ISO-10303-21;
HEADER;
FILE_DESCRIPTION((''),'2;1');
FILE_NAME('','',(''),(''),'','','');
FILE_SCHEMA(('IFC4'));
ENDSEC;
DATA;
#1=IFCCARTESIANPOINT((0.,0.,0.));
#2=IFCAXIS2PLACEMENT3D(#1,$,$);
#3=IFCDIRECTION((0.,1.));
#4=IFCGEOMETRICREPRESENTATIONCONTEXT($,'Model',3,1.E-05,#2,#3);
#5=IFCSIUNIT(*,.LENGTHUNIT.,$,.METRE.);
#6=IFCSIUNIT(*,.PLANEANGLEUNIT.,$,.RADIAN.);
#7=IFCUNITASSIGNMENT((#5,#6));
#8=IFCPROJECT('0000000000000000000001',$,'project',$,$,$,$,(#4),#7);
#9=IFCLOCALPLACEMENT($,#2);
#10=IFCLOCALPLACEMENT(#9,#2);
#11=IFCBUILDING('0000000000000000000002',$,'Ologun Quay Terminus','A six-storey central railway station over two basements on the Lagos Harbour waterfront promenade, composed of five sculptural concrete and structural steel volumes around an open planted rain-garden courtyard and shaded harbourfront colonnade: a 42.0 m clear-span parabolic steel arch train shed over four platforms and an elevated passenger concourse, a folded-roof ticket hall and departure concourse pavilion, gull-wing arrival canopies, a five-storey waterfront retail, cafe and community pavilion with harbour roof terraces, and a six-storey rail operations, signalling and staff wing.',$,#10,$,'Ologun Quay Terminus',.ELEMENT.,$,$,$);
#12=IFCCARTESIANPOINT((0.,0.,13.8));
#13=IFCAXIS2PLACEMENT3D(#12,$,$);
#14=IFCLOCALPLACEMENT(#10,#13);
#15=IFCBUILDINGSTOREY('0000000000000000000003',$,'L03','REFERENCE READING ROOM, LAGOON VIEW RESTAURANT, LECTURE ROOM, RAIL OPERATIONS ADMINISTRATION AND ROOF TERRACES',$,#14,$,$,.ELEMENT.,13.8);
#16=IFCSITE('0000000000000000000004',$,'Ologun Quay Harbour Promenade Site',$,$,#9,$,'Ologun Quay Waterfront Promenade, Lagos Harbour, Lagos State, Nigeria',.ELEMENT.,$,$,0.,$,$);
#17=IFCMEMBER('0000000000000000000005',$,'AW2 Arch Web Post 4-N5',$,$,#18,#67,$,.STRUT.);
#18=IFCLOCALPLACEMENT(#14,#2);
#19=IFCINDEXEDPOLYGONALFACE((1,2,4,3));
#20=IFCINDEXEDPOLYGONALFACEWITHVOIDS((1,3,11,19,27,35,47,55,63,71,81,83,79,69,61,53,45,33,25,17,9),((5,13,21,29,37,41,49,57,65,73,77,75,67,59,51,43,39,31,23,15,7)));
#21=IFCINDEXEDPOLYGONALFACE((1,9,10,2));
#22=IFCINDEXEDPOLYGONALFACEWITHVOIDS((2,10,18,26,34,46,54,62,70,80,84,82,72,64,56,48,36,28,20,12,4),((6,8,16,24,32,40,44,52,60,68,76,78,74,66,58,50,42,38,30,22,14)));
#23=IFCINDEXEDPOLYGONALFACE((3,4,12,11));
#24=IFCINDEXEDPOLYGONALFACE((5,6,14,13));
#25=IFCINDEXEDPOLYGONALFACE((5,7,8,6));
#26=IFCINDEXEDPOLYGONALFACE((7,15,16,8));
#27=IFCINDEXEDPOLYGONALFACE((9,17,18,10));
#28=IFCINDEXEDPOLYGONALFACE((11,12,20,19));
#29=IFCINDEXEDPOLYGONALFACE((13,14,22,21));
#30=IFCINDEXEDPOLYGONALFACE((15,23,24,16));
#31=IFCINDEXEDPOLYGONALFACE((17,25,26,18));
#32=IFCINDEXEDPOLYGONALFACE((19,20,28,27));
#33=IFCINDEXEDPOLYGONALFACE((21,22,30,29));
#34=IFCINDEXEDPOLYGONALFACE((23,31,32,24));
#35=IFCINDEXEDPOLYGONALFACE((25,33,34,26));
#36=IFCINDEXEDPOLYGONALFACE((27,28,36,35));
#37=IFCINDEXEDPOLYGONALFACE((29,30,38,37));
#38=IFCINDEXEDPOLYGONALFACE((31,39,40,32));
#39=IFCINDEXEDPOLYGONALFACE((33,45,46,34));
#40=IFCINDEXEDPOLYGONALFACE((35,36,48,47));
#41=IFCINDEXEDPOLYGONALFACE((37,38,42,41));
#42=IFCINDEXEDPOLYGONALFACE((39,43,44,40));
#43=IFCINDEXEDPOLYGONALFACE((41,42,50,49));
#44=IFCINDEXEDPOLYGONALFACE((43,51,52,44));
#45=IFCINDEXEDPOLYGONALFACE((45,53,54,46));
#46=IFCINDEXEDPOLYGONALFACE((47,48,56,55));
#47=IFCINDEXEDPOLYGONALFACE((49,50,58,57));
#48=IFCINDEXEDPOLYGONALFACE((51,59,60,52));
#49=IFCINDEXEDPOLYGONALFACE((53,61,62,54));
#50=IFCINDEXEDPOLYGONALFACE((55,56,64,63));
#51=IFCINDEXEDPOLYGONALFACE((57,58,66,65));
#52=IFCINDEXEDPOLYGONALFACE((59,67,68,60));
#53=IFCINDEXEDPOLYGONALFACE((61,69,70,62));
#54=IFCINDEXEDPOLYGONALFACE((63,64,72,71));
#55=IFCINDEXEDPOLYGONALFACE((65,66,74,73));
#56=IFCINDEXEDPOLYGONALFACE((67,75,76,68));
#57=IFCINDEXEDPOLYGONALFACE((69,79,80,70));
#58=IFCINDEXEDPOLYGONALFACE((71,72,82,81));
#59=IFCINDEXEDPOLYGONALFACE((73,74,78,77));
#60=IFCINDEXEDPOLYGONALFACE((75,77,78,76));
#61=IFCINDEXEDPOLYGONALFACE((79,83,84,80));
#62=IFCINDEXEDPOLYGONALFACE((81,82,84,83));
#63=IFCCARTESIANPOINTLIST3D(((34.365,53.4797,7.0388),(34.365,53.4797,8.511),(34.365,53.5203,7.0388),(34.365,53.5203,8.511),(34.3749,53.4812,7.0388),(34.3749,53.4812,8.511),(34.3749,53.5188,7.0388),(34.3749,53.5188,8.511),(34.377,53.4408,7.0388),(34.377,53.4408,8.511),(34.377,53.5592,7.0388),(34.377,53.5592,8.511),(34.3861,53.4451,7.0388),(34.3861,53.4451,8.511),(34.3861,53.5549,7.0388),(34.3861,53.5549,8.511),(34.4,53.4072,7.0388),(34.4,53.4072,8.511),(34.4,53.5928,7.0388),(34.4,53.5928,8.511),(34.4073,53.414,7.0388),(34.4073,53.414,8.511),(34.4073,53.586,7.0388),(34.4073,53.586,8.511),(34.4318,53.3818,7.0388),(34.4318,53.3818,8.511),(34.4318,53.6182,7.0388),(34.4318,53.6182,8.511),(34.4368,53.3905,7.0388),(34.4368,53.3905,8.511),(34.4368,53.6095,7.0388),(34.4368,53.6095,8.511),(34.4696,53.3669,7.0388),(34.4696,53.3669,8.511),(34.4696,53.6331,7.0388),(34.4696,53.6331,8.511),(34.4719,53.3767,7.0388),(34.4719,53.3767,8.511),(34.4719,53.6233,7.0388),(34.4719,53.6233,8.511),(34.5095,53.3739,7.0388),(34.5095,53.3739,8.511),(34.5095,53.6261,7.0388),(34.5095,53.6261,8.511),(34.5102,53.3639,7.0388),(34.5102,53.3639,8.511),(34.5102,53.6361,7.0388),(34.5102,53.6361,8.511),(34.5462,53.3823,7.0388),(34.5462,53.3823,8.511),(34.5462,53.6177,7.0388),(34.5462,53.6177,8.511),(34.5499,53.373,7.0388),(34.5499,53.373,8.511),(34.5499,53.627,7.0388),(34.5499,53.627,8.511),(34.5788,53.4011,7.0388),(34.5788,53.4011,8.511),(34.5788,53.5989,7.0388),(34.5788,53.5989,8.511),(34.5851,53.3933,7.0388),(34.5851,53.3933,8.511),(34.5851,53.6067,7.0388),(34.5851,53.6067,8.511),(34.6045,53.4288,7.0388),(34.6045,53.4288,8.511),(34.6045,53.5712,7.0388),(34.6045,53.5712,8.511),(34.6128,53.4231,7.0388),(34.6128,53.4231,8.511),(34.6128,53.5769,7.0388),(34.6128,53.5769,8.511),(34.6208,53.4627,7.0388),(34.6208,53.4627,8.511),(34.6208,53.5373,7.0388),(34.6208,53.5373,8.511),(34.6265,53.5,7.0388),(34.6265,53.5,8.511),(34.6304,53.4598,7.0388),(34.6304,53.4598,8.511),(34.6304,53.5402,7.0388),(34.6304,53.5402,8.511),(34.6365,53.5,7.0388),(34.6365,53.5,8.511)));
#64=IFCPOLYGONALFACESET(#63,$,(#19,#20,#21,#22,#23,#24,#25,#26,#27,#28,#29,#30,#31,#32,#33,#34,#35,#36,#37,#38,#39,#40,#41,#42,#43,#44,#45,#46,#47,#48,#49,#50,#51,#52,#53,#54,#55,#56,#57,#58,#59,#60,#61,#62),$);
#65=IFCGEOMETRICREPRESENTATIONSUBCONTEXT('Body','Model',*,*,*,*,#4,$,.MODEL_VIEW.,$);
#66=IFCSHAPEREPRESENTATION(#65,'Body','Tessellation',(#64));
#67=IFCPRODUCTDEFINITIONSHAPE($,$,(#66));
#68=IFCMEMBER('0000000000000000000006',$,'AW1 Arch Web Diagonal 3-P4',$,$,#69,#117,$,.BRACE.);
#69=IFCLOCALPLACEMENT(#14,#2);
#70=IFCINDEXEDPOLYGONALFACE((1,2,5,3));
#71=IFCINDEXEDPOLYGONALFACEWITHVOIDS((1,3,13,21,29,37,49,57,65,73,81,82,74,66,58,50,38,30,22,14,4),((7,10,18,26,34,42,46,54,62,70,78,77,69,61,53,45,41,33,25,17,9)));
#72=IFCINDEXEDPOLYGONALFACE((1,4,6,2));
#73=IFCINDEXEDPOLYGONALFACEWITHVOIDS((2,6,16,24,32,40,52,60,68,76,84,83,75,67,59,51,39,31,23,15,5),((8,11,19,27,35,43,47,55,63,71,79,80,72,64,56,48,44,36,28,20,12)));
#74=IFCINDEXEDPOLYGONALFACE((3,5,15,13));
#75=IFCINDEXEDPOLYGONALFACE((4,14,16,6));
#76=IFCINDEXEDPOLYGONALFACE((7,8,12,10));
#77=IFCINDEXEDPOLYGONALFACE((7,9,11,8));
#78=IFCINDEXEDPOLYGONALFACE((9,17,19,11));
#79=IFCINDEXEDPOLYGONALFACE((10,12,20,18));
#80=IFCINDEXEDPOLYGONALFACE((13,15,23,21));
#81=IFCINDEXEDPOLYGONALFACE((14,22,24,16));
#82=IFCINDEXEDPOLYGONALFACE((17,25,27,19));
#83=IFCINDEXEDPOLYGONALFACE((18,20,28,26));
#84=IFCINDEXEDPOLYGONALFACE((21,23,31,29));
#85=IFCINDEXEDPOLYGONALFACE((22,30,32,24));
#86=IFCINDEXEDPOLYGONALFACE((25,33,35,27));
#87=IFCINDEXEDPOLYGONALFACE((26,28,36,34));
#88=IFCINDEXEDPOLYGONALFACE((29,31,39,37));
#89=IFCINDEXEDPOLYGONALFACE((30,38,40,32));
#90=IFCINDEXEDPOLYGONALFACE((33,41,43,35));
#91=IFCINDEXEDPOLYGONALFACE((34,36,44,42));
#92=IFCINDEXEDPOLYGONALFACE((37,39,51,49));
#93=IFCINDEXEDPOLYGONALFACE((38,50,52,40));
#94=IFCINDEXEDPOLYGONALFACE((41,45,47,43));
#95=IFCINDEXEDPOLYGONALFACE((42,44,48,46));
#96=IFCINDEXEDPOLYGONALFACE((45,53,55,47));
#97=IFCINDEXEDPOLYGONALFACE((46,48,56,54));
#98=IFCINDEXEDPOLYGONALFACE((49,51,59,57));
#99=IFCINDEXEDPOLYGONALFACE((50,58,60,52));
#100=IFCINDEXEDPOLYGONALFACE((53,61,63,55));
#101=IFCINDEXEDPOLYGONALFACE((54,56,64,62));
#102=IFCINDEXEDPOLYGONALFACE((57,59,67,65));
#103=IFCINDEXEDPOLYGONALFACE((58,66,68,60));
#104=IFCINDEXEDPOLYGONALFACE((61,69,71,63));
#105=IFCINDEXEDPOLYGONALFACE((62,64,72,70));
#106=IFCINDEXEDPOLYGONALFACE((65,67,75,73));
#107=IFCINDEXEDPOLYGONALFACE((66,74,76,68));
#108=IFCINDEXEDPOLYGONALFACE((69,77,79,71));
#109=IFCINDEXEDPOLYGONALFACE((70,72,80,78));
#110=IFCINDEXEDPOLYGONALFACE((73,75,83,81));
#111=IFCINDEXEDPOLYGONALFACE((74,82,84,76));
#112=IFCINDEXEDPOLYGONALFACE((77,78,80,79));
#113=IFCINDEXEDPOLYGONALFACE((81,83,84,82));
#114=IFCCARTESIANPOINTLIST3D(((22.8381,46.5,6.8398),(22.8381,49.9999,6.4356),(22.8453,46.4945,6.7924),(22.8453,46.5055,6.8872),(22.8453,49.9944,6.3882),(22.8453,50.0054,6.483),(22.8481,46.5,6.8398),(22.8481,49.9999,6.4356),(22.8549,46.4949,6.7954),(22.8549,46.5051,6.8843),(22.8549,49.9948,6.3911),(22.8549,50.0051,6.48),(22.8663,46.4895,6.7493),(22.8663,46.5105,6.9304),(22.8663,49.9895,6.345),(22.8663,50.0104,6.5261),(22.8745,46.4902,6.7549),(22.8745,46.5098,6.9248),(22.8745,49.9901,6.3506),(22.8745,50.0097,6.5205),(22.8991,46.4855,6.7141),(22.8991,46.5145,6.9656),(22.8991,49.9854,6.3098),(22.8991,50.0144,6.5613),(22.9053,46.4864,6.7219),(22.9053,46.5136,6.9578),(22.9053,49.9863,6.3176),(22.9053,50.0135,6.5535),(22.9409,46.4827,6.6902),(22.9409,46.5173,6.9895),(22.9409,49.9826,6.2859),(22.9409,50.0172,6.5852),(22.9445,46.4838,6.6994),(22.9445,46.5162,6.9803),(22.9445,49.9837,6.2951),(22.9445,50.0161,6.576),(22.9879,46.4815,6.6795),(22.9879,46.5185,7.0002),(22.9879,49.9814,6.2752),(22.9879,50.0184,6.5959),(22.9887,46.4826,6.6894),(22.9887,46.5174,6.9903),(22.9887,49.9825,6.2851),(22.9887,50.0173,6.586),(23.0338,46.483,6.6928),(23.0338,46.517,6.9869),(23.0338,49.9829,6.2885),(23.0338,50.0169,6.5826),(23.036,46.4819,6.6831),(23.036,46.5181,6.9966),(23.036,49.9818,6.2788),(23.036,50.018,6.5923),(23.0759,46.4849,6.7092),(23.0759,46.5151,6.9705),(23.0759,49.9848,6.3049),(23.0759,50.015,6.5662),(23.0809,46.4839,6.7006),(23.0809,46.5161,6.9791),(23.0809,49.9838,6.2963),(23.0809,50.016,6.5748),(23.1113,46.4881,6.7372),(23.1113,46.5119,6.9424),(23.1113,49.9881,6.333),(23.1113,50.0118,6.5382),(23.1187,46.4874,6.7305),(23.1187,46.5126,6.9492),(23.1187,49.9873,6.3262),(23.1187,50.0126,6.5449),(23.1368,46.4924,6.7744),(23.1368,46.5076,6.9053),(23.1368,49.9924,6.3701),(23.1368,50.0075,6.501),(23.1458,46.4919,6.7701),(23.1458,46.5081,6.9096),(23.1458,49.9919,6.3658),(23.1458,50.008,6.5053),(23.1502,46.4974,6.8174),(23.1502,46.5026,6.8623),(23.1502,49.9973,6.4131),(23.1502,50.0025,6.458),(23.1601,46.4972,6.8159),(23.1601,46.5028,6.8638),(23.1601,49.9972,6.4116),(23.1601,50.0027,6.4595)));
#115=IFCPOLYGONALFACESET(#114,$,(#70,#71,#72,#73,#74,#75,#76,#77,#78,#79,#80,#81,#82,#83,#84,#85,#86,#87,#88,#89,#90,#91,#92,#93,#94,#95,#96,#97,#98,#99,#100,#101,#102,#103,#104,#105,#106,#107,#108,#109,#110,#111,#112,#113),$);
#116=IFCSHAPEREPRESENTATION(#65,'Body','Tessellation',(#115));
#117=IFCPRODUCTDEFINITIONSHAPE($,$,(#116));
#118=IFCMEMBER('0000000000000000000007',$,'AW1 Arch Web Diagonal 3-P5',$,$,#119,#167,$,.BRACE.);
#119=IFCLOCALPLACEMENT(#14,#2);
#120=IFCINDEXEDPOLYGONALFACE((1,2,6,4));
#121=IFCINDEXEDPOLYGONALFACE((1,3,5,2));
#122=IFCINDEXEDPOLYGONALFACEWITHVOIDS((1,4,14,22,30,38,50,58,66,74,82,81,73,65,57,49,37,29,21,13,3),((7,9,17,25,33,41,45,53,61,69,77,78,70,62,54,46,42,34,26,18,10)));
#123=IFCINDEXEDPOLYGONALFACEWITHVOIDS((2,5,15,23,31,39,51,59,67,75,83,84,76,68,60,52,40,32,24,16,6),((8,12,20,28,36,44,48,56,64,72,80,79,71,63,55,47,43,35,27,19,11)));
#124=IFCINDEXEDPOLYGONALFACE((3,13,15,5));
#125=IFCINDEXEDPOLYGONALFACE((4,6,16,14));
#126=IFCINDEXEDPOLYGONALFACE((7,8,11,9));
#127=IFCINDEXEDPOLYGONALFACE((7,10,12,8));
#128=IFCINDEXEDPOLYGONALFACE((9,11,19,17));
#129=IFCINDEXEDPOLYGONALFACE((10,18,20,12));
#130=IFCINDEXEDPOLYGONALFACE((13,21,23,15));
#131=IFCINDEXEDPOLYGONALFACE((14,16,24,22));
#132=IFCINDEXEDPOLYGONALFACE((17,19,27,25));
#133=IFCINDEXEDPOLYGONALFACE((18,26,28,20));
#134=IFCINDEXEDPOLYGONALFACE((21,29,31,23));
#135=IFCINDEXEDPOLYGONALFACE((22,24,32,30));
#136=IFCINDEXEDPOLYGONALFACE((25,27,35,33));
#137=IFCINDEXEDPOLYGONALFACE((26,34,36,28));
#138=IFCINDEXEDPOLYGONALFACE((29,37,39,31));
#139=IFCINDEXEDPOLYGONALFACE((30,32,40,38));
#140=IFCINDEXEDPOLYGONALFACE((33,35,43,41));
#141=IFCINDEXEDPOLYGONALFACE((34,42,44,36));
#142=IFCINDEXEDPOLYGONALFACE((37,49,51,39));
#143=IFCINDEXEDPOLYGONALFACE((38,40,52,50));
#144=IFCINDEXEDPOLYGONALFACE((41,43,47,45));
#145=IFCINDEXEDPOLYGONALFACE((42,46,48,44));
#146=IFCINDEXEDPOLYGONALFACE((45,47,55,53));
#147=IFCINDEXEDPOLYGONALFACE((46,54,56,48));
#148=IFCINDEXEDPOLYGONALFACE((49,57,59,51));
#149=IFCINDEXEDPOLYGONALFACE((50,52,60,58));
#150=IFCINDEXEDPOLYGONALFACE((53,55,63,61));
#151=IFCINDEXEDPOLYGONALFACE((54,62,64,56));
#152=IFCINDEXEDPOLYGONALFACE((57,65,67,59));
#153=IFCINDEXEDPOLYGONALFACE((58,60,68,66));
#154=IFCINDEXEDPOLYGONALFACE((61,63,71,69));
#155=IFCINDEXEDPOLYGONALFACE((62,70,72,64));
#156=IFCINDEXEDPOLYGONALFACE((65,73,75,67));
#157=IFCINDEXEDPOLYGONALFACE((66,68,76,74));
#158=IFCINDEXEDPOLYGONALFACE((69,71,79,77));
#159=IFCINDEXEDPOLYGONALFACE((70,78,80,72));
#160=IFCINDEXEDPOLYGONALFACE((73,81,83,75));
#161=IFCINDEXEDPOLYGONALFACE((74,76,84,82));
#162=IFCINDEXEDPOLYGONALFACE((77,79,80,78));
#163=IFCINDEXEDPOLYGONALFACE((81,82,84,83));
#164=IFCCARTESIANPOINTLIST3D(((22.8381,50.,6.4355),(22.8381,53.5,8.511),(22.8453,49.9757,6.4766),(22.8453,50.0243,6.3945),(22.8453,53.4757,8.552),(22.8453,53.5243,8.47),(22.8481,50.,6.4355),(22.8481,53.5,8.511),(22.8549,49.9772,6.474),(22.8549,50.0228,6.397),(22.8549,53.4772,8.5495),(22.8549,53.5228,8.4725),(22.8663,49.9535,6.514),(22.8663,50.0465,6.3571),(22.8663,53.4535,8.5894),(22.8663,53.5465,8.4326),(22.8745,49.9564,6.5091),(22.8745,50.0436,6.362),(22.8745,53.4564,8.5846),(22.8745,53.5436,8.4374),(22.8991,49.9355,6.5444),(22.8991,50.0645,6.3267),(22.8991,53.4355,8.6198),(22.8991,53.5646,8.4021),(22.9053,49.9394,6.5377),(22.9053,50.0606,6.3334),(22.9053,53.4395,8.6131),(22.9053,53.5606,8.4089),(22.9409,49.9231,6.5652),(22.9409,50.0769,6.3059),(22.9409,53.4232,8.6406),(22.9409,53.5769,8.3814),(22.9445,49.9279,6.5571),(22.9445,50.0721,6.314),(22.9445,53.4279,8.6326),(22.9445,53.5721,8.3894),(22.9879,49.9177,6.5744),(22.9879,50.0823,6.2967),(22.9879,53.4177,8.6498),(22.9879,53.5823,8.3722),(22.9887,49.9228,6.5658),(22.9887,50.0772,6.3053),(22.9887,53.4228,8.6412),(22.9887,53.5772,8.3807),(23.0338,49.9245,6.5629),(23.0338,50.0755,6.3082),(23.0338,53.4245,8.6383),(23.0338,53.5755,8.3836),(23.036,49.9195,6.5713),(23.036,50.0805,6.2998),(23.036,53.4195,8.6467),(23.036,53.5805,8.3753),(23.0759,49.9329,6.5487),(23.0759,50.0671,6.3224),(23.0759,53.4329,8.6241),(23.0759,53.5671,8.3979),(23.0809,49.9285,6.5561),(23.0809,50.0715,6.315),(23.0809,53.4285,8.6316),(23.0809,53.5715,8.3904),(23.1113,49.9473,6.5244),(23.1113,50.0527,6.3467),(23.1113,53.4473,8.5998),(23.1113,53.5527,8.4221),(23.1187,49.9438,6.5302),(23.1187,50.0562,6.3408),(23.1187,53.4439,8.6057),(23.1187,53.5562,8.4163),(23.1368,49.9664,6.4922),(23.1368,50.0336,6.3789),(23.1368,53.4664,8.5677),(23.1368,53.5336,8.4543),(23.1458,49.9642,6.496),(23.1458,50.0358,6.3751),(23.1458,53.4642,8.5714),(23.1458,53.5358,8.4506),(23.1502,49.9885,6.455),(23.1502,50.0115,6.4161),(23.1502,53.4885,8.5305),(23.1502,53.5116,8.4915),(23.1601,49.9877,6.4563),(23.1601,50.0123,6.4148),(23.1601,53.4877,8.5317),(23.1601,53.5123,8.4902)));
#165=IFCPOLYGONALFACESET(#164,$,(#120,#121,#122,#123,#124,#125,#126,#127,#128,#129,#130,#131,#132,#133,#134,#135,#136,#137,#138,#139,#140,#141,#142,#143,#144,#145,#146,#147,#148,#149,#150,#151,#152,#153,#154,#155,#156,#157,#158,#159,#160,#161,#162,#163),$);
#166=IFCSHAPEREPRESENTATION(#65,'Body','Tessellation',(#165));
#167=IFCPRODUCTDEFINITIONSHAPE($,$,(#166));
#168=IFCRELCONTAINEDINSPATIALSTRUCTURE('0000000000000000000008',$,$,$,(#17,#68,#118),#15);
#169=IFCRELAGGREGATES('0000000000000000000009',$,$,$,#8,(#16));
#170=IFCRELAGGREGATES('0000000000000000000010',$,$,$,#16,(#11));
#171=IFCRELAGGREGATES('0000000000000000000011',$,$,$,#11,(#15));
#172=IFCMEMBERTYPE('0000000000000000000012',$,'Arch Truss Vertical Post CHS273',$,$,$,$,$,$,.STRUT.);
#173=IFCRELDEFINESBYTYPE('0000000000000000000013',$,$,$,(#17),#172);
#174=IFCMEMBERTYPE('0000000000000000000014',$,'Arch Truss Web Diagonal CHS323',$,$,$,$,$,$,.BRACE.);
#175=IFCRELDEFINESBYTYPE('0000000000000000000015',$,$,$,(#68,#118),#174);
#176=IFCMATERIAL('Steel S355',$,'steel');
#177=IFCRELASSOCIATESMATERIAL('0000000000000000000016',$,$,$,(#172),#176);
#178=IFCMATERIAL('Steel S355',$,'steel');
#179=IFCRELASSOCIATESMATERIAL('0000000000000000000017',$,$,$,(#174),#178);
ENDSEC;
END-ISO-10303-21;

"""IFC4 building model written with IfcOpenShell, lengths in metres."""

from ifc_helpers import new_model, si_unit, direction, frame, origin, origin_2d, place, context, subcontext, project, spatial, hollow_circle, extrude, material, material_profile, profile_set, type_object, element, save


model = new_model("IFC4")

# Units and contexts
model_context = context("Model", 3, precision=1e-05, world=origin(), true_north=direction((0.0, 1.0)))
body_context = subcontext(model_context, "Body", "Model", "MODEL_VIEW")
ifc_project = project(units=[si_unit("LENGTHUNIT", "METRE"), si_unit("PLANEANGLEUNIT", "RADIAN")], contexts=[model_context])

# Site, building, storey
site_placement = place(None, origin())
site = spatial("IfcSite", under=ifc_project, at=site_placement, Name="Ologun Quay Harbour Promenade Site", LongName="Ologun Quay Waterfront Promenade, Lagos Harbour, Lagos State, Nigeria", CompositionType="ELEMENT", RefElevation=0.0)
building_placement = place(site_placement, origin())
building = spatial("IfcBuilding", under=site, at=building_placement, Name="Ologun Quay Terminus", Description="A six-storey central railway station over two basements on the Lagos Harbour waterfront promenade, composed of five sculptural concrete and structural steel volumes around an open planted rain-garden courtyard and shaded harbourfront colonnade: a 42.0 m clear-span parabolic steel arch train shed over four platforms and an elevated passenger concourse, a folded-roof ticket hall and departure concourse pavilion, gull-wing arrival canopies, a five-storey waterfront retail, cafe and community pavilion with harbour roof terraces, and a six-storey rail operations, signalling and staff wing.", LongName="Ologun Quay Terminus", CompositionType="ELEMENT")
storey_placement = place(building_placement, frame((0.0, 0.0, 13.8)))
storey = spatial("IfcBuildingStorey", under=building, at=storey_placement, Name="L03", Description="REFERENCE READING ROOM, LAGOON VIEW RESTAURANT, LECTURE ROOM, RAIL OPERATIONS ADMINISTRATION AND ROOF TERRACES", CompositionType="ELEMENT", Elevation=13.8)

# Members
ifc_material_1 = material(Name="Steel S355", Category="steel")
ifc_material_profile_1 = material_profile(ifc_material_1, hollow_circle(Radius=0.1365, WallThickness=0.01, at=origin_2d()), Name="CHS 273x10")
ifc_profile_set_1 = profile_set([ifc_material_profile_1], Name="Steel S355")
member_type_1 = type_object("IfcMemberType", Name="Arch Truss Vertical Post CHS273", PredefinedType="STRUT", material=ifc_profile_set_1)
member_1_placement = place(storey_placement, frame((34.5, 53.5, 7.0388), z_axis=(0.0, 0.0, 1.0), x_axis=(1.0, 0.0, 0.0)))
element("IfcMember", 1, at=member_1_placement, inside=storey, type_object=member_type_1, Name="AW2 Arch Web Post 4-N5", PredefinedType="STRUT", context=body_context, shape_type="SweptSolid", body=[
    extrude(hollow_circle(Radius=0.1365, WallThickness=0.01, at=origin_2d()), origin(), (0.0, 0.0, 1.0), 1.4722),
])
ifc_material_2 = material(Name="Steel S355", Category="steel")
ifc_material_profile_2 = material_profile(ifc_material_2, hollow_circle(Radius=0.1619, WallThickness=0.01, at=origin_2d()), Name="CHS 323.9x10")
ifc_profile_set_2 = profile_set([ifc_material_profile_2], Name="Steel S355")
member_type_2 = type_object("IfcMemberType", Name="Arch Truss Web Diagonal CHS323", PredefinedType="BRACE", material=ifc_profile_set_2)
member_2_placement = place(storey_placement, frame((23.0, 46.5, 6.8398), z_axis=(0.0, 0.993394, -0.11475), x_axis=(-1.0, 0.0, 0.0)))
element("IfcMember", 2, at=member_2_placement, inside=storey, type_object=member_type_2, Name="AW1 Arch Web Diagonal 3-P4", PredefinedType="BRACE", context=body_context, shape_type="SweptSolid", body=[
    extrude(hollow_circle(Radius=0.1619, WallThickness=0.01, at=origin_2d()), origin(), (0.0, 0.0, 1.0), 3.5232),
])
member_3_placement = place(storey_placement, frame((23.0, 50.0, 6.4355), z_axis=(0.0, 0.860144, 0.510051), x_axis=(-1.0, 0.0, 0.0)))
element("IfcMember", 3, at=member_3_placement, inside=storey, type_object=member_type_2, Name="AW1 Arch Web Diagonal 3-P5", PredefinedType="BRACE", context=body_context, shape_type="SweptSolid", body=[
    extrude(hollow_circle(Radius=0.1619, WallThickness=0.01, at=origin_2d()), origin(), (0.0, 0.0, 1.0), 4.0691),
])

save(model, "model.ifc")
